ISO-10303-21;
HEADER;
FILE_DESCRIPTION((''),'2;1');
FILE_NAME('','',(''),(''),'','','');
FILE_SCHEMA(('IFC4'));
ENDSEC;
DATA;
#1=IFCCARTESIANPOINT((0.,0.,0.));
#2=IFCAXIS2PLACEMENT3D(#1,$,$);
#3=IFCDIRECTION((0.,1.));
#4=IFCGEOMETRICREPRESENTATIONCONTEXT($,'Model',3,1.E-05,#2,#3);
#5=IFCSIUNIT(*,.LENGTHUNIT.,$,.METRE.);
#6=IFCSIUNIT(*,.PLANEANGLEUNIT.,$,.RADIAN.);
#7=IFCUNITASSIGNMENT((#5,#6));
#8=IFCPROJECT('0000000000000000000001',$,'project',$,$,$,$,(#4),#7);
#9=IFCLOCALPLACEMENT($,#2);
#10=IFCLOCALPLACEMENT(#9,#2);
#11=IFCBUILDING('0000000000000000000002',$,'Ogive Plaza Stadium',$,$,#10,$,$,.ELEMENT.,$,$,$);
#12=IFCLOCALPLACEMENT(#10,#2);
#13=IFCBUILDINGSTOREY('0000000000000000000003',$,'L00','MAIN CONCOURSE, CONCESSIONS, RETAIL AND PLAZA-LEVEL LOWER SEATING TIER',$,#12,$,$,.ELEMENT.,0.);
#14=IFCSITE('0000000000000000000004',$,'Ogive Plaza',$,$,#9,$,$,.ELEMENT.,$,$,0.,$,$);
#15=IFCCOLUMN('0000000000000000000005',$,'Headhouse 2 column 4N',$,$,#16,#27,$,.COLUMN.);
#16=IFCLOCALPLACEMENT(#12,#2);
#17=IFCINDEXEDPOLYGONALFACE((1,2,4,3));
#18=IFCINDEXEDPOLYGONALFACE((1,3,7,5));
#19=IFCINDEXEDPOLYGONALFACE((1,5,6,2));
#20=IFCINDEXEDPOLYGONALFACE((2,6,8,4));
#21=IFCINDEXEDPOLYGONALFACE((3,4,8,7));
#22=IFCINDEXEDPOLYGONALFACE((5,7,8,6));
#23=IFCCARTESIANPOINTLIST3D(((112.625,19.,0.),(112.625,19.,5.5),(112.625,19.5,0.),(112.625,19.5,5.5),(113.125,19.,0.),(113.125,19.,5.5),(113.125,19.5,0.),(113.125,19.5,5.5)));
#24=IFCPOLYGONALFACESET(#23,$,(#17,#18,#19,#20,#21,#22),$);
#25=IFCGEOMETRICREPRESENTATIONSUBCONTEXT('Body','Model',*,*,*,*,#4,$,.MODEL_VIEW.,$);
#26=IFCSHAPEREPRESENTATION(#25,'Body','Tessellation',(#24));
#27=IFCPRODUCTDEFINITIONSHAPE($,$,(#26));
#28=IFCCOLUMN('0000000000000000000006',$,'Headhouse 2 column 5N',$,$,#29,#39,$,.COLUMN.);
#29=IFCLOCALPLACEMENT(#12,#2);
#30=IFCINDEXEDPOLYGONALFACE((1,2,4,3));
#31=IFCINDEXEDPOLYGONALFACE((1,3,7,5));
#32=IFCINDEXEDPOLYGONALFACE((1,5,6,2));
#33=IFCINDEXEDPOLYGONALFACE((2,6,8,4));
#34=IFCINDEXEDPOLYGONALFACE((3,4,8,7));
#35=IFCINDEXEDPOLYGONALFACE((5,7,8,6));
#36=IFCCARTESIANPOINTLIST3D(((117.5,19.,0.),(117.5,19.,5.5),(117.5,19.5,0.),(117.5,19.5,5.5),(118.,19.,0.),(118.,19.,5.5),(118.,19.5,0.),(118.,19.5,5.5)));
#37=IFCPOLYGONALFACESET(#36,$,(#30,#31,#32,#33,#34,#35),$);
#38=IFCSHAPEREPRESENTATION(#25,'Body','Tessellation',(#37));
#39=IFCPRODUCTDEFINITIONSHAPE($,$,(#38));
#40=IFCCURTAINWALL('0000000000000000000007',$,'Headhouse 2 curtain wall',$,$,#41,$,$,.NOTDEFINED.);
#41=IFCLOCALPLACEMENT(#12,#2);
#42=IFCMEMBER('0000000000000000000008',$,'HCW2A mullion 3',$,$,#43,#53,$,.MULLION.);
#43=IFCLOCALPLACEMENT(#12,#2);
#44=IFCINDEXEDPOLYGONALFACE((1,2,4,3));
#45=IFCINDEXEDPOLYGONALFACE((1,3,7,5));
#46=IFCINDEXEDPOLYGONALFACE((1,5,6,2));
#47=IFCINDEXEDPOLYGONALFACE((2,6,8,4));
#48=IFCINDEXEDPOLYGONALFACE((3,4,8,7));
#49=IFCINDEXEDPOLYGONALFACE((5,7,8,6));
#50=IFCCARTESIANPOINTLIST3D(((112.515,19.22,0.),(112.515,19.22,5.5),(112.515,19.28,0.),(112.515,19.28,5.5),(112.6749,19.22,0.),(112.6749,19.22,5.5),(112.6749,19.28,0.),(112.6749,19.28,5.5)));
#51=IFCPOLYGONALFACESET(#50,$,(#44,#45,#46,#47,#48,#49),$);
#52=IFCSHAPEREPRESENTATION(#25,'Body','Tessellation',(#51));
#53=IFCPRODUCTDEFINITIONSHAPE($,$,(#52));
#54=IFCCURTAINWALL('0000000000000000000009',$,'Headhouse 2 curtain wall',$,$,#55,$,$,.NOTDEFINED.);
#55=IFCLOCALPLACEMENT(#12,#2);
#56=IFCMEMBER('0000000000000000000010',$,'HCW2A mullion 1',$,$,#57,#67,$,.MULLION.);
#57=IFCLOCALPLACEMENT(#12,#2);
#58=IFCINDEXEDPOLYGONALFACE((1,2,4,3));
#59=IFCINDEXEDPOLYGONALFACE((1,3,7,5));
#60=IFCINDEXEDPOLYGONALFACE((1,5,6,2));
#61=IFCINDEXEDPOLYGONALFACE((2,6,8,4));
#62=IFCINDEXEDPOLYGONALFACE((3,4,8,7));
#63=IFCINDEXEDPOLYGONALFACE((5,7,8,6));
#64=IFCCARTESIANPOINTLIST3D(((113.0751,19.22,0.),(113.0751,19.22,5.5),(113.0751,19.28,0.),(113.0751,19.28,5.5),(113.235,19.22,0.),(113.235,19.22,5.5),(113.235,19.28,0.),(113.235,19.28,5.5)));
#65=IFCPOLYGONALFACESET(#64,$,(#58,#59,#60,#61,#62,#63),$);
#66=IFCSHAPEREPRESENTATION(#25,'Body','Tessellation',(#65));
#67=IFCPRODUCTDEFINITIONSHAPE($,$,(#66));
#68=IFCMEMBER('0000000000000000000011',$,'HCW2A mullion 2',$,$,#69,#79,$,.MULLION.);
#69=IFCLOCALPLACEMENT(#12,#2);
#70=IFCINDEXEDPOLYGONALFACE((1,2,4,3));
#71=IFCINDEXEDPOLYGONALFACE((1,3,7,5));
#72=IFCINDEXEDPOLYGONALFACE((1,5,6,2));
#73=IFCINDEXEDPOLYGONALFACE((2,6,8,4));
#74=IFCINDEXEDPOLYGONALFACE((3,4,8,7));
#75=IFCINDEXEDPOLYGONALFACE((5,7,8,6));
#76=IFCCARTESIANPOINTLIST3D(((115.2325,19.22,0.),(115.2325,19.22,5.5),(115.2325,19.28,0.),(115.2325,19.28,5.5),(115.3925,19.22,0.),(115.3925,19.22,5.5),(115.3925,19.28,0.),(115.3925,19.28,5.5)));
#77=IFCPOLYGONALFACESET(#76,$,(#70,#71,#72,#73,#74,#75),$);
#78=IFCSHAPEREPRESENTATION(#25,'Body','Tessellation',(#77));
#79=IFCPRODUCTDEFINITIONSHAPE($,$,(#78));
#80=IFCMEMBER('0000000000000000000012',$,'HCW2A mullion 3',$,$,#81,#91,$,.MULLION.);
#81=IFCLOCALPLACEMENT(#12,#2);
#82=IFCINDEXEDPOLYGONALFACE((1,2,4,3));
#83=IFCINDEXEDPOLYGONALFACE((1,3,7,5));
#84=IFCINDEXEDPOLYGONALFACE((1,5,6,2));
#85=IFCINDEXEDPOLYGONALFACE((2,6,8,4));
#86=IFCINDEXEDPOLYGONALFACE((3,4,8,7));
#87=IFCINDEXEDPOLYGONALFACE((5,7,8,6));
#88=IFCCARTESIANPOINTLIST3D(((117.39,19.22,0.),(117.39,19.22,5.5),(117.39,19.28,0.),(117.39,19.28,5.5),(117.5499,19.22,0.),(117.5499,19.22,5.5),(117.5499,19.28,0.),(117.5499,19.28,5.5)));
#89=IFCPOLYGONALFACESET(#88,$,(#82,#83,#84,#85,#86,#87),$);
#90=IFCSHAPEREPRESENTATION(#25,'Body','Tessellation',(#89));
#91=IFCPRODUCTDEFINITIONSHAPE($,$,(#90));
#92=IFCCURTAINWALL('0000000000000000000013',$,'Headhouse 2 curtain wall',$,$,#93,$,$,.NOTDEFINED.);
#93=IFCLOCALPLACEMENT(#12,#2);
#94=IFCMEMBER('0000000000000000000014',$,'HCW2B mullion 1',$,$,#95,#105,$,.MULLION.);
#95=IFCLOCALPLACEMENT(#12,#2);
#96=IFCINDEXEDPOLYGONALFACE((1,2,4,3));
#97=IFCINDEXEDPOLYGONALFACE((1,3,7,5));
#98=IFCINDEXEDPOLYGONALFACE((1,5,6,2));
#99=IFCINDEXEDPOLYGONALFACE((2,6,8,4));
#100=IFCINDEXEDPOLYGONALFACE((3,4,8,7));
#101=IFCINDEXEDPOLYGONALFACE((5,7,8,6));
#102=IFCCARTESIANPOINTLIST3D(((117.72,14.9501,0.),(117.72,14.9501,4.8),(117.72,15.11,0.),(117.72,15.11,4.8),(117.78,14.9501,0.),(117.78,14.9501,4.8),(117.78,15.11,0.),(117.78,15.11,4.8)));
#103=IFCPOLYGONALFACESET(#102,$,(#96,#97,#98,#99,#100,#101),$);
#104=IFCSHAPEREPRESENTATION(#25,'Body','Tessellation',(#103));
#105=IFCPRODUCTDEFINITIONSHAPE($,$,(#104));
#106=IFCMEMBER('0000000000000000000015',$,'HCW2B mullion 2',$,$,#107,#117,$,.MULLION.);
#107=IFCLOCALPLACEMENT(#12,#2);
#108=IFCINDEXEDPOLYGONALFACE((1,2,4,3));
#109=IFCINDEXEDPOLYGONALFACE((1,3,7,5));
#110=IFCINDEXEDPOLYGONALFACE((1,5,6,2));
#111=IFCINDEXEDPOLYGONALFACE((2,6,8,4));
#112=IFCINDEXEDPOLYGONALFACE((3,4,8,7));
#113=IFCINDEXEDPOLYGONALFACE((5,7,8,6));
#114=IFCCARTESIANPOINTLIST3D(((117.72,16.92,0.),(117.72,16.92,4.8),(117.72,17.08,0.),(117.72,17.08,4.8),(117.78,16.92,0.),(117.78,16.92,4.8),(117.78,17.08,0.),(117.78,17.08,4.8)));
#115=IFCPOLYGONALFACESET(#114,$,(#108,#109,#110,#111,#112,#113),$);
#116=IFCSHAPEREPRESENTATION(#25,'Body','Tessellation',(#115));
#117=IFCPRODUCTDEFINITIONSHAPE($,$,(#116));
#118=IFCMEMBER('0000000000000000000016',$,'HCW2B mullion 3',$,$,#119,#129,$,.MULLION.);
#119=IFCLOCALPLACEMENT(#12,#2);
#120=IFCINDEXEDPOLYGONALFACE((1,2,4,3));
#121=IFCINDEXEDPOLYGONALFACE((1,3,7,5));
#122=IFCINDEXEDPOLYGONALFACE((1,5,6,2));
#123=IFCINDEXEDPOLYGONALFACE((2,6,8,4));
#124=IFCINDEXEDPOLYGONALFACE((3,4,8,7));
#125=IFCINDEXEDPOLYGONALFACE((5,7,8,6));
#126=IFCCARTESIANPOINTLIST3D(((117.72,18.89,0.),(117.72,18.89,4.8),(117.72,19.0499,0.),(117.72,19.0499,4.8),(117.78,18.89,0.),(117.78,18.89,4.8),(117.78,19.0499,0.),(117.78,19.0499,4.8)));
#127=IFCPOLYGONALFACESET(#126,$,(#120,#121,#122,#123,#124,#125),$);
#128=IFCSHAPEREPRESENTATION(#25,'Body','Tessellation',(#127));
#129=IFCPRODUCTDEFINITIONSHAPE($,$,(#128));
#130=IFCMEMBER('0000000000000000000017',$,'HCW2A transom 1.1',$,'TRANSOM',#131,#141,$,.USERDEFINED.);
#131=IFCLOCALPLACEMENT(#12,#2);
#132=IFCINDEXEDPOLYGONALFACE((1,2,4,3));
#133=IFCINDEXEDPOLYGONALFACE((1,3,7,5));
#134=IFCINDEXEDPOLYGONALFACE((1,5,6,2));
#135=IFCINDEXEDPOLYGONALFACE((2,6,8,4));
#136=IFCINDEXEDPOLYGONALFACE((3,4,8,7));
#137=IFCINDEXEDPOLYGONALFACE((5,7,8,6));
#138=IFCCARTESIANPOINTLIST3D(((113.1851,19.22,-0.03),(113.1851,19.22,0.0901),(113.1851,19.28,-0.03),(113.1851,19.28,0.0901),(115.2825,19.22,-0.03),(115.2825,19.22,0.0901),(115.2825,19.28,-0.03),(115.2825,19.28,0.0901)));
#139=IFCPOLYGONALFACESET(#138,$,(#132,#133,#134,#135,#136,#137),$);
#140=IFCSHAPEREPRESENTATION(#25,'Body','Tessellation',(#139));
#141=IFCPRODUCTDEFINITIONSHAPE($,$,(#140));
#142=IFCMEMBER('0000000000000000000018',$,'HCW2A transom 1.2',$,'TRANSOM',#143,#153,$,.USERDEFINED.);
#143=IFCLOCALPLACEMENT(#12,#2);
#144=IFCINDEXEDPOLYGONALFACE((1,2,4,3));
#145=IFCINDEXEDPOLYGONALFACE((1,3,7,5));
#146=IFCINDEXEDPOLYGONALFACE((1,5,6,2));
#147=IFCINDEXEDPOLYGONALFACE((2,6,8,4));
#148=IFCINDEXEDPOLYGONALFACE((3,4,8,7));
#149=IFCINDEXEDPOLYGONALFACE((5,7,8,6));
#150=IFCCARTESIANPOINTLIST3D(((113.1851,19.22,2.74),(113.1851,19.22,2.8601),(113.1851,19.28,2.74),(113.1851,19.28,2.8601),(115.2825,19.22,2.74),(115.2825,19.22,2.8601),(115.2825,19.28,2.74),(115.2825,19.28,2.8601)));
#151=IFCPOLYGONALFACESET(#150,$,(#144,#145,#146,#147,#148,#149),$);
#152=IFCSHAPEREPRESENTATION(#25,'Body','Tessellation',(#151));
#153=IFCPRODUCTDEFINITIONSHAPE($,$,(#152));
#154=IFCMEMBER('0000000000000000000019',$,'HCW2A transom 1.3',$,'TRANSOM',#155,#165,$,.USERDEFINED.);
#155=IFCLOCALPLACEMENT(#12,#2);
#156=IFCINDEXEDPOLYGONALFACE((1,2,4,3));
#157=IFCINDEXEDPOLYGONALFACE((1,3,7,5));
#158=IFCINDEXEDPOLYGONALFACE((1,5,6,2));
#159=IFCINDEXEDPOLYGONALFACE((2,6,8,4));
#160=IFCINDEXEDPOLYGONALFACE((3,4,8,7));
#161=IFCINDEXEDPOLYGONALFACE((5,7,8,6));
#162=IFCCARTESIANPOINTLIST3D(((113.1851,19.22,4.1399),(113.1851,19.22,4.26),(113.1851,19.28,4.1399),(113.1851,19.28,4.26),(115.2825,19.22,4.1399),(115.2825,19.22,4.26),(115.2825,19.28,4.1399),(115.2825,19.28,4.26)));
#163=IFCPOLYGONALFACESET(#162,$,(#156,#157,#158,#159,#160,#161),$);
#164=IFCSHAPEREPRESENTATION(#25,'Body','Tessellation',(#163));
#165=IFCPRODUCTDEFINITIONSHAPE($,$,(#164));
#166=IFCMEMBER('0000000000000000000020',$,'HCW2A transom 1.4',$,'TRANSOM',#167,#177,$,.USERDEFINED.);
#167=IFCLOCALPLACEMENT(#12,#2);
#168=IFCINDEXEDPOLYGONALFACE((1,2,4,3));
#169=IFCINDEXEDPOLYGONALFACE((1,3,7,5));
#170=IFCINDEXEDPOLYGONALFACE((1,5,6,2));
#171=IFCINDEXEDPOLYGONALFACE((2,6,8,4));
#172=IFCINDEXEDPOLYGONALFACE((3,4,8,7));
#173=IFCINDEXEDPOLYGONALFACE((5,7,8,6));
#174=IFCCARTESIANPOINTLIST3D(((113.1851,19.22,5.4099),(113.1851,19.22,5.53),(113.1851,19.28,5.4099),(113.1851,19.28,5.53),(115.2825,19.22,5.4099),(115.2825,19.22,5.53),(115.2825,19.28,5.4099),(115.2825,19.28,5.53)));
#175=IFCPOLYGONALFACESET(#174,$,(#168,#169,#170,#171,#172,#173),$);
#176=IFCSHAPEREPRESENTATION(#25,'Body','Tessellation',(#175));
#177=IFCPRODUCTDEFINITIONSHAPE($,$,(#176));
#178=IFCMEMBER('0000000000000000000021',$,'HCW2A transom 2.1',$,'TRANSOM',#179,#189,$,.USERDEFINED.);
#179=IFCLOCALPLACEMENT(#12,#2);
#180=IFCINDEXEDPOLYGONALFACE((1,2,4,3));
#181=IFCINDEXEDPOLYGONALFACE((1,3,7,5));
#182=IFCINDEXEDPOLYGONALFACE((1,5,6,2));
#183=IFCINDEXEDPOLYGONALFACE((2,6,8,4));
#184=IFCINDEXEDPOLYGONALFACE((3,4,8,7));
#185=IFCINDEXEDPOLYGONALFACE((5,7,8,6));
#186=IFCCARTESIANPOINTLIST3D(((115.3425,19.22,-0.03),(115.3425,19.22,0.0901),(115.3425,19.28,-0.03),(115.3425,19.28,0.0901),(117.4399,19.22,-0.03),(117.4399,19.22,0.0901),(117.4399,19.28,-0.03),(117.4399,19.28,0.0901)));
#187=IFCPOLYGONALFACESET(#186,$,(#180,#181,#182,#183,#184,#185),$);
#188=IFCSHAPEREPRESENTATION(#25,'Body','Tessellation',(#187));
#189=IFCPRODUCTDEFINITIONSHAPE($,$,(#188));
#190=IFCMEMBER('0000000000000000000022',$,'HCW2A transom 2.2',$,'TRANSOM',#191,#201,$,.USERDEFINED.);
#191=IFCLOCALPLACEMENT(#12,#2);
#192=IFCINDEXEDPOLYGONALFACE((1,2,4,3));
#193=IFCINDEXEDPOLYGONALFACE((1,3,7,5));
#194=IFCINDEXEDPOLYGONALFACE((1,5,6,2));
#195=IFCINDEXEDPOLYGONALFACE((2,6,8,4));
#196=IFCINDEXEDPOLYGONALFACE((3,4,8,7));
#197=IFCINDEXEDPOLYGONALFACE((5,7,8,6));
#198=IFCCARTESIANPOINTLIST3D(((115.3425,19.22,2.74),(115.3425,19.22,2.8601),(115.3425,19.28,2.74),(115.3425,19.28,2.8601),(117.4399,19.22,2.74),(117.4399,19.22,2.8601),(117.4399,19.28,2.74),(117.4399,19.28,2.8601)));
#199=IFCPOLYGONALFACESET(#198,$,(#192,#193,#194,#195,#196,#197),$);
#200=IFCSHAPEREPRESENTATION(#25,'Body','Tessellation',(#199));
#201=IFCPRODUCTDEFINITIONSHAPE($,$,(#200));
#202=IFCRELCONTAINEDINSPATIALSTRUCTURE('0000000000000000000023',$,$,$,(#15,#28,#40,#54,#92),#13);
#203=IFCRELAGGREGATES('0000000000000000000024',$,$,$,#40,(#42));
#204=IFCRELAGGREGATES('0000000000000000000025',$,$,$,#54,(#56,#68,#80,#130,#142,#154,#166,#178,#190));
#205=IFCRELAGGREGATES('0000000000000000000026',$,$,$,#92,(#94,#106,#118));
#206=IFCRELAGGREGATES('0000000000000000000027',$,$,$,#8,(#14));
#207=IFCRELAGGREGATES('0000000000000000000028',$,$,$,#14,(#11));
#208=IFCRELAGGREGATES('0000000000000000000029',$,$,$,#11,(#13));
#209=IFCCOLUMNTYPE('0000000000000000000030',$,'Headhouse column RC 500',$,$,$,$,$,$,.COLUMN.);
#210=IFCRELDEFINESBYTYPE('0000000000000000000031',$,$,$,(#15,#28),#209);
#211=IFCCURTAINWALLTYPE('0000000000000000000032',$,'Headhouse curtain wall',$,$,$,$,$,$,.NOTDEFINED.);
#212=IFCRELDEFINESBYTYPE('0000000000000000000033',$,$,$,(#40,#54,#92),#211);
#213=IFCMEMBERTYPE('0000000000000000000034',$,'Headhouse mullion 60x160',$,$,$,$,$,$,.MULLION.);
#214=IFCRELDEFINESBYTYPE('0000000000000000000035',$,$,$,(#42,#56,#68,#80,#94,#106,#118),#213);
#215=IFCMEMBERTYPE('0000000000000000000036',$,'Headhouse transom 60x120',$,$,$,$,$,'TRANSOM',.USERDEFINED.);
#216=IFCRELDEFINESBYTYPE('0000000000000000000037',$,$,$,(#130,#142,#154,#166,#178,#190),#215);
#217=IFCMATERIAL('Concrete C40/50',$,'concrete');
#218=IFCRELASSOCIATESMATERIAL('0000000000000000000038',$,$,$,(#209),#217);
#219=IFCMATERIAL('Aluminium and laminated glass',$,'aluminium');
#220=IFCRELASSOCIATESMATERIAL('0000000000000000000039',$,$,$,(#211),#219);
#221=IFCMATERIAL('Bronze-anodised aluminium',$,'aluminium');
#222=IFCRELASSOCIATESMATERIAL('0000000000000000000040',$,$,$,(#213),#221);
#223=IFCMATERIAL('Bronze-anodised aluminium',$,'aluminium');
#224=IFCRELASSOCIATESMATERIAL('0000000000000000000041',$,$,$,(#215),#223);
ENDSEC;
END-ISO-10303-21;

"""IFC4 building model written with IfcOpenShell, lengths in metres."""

from ifc_helpers import new_model, si_unit, direction, frame, origin, origin_2d, place, context, subcontext, project, spatial, rectangle, extrude, material, material_profile, profile_set, type_object, element, aggregate, save


model = new_model("IFC4")

# Units and contexts
model_context = context("Model", 3, precision=1e-05, world=origin(), true_north=direction((0.0, 1.0)))
body_context = subcontext(model_context, "Body", "Model", "MODEL_VIEW")
ifc_project = project(units=[si_unit("LENGTHUNIT", "METRE"), si_unit("PLANEANGLEUNIT", "RADIAN")], contexts=[model_context])

# Site, building, storey
site_placement = place(None, origin())
site = spatial("IfcSite", under=ifc_project, at=site_placement, Name="Ogive Plaza", CompositionType="ELEMENT", RefElevation=0.0)
building_placement = place(site_placement, origin())
building = spatial("IfcBuilding", under=site, at=building_placement, Name="Ogive Plaza Stadium", CompositionType="ELEMENT")
storey_placement = place(building_placement, origin())
storey = spatial("IfcBuildingStorey", under=building, at=storey_placement, Name="L00", Description="MAIN CONCOURSE, CONCESSIONS, RETAIL AND PLAZA-LEVEL LOWER SEATING TIER", CompositionType="ELEMENT", Elevation=0.0)

# Columns
ifc_material_1 = material(Name="Concrete C40/50", Category="concrete")
ifc_material_profile_1 = material_profile(ifc_material_1, rectangle(XDim=0.5, YDim=0.5, at=origin_2d()), Name="Headhouse column RC 500")
ifc_profile_set_1 = profile_set([ifc_material_profile_1], Name="Concrete C40/50")
column_type = type_object("IfcColumnType", Name="Headhouse column RC 500", PredefinedType="COLUMN", material=ifc_profile_set_1)
for number, where, z_axis, x_axis, name in (
    (1, (112.875, 19.25, 0.0), (0.0, 0.0, 1.0), (1.0, 0.0, 0.0), "Headhouse 2 column 4N"),
    (2, (117.75, 19.25, 0.0), (0.0, 0.0, 1.0), (1.0, 0.0, 0.0), "Headhouse 2 column 5N"),
):
    element("IfcColumn", number, at=place(storey_placement, frame(where, z_axis=z_axis, x_axis=x_axis)), inside=storey, type_object=column_type, Name=name, PredefinedType="COLUMN", context=body_context, shape_type="SweptSolid", body=[
        extrude(rectangle(XDim=0.5, YDim=0.5, at=origin_2d()), origin(), (0.0, 0.0, 1.0), 5.5),
    ])

# Curtain wall, member
ifc_material_2 = material(Name="Aluminium and laminated glass", Category="aluminium")
curtain_wall_type = type_object("IfcCurtainWallType", Name="Headhouse curtain wall", PredefinedType="NOTDEFINED", material=ifc_material_2)
curtain_wall_1_placement = place(storey_placement, origin())
curtain_wall_1 = element("IfcCurtainWall", 3, at=curtain_wall_1_placement, inside=storey, type_object=curtain_wall_type, Name="Headhouse 2 curtain wall", PredefinedType="NOTDEFINED")
ifc_material_3 = material(Name="Bronze-anodised aluminium", Category="aluminium")
ifc_material_profile_2 = material_profile(ifc_material_3, rectangle(XDim=0.0601, YDim=0.1599, at=origin_2d()), Name="Headhouse mullion 60x160")
ifc_profile_set_2 = profile_set([ifc_material_profile_2], Name="Bronze-anodised aluminium")
member_type_1 = type_object("IfcMemberType", Name="Headhouse mullion 60x160", PredefinedType="MULLION", material=ifc_profile_set_2)
member_1_placement = place(storey_placement, frame((112.595, 19.25, 0.0), z_axis=(0.0, 0.0, 1.0), x_axis=(0.0, 1.0, 0.0)))
member_1 = element("IfcMember", 4, at=member_1_placement, type_object=member_type_1, Name="HCW2A mullion 3", PredefinedType="MULLION", context=body_context, shape_type="SweptSolid", body=[
    extrude(rectangle(XDim=0.0601, YDim=0.1599, at=origin_2d()), origin(), (0.0, 0.0, 1.0), 5.5),
])

# Curtain walls, members
curtain_wall_2_placement = place(storey_placement, origin())
curtain_wall_2 = element("IfcCurtainWall", 5, at=curtain_wall_2_placement, inside=storey, type_object=curtain_wall_type, Name="Headhouse 2 curtain wall", PredefinedType="NOTDEFINED")
member_2_placement = place(storey_placement, frame((113.155, 19.25, 0.0), z_axis=(0.0, 0.0, 1.0), x_axis=(0.0, 1.0, 0.0)))
member_2 = element("IfcMember", 6, at=member_2_placement, type_object=member_type_1, Name="HCW2A mullion 1", PredefinedType="MULLION", context=body_context, shape_type="SweptSolid", body=[
    extrude(rectangle(XDim=0.0601, YDim=0.1599, at=origin_2d()), origin(), (0.0, 0.0, 1.0), 5.5),
])
member_3_placement = place(storey_placement, frame((115.3125, 19.25, 0.0), z_axis=(0.0, 0.0, 1.0), x_axis=(0.0, 1.0, 0.0)))
member_3 = element("IfcMember", 7, at=member_3_placement, type_object=member_type_1, Name="HCW2A mullion 2", PredefinedType="MULLION", context=body_context, shape_type="SweptSolid", body=[
    extrude(rectangle(XDim=0.0601, YDim=0.1599, at=origin_2d()), origin(), (0.0, 0.0, 1.0), 5.5),
])
member_4_placement = place(storey_placement, frame((117.47, 19.25, 0.0), z_axis=(0.0, 0.0, 1.0), x_axis=(0.0, 1.0, 0.0)))
member_4 = element("IfcMember", 8, at=member_4_placement, type_object=member_type_1, Name="HCW2A mullion 3", PredefinedType="MULLION", context=body_context, shape_type="SweptSolid", body=[
    extrude(rectangle(XDim=0.0601, YDim=0.1599, at=origin_2d()), origin(), (0.0, 0.0, 1.0), 5.5),
])
curtain_wall_3_placement = place(storey_placement, origin())
curtain_wall_3 = element("IfcCurtainWall", 9, at=curtain_wall_3_placement, inside=storey, type_object=curtain_wall_type, Name="Headhouse 2 curtain wall", PredefinedType="NOTDEFINED")
member_5_placement = place(storey_placement, frame((117.75, 15.03, 0.0), z_axis=(0.0, 0.0, 1.0), x_axis=(-1.0, 0.0, 0.0)))
member_5 = element("IfcMember", 10, at=member_5_placement, type_object=member_type_1, Name="HCW2B mullion 1", PredefinedType="MULLION", context=body_context, shape_type="SweptSolid", body=[
    extrude(rectangle(XDim=0.0601, YDim=0.1599, at=origin_2d()), origin(), (0.0, 0.0, 1.0), 4.8),
])
member_6_placement = place(storey_placement, frame((117.75, 17.0, 0.0), z_axis=(0.0, 0.0, 1.0), x_axis=(-1.0, 0.0, 0.0)))
member_6 = element("IfcMember", 11, at=member_6_placement, type_object=member_type_1, Name="HCW2B mullion 2", PredefinedType="MULLION", context=body_context, shape_type="SweptSolid", body=[
    extrude(rectangle(XDim=0.0601, YDim=0.1599, at=origin_2d()), origin(), (0.0, 0.0, 1.0), 4.8),
])
member_7_placement = place(storey_placement, frame((117.75, 18.97, 0.0), z_axis=(0.0, 0.0, 1.0), x_axis=(-1.0, 0.0, 0.0)))
member_7 = element("IfcMember", 12, at=member_7_placement, type_object=member_type_1, Name="HCW2B mullion 3", PredefinedType="MULLION", context=body_context, shape_type="SweptSolid", body=[
    extrude(rectangle(XDim=0.0601, YDim=0.1599, at=origin_2d()), origin(), (0.0, 0.0, 1.0), 4.8),
])

# Members
ifc_material_4 = material(Name="Bronze-anodised aluminium", Category="aluminium")
ifc_material_profile_3 = material_profile(ifc_material_4, rectangle(XDim=0.0601, YDim=0.1201, at=origin_2d()), Name="Headhouse transom 60x120")
ifc_profile_set_3 = profile_set([ifc_material_profile_3], Name="Bronze-anodised aluminium")
member_type_2 = type_object("IfcMemberType", Name="Headhouse transom 60x120", ElementType="TRANSOM", PredefinedType="USERDEFINED", material=ifc_profile_set_3)
member_8_placement = place(storey_placement, frame((113.1851, 19.25, 0.03), z_axis=(1.0, 0.0, 0.0), x_axis=(0.0, 1.0, 0.0)))
member_8 = element("IfcMember", 13, at=member_8_placement, type_object=member_type_2, Name="HCW2A transom 1.1", ObjectType="TRANSOM", PredefinedType="USERDEFINED", context=body_context, shape_type="SweptSolid", body=[
    extrude(rectangle(XDim=0.0601, YDim=0.1201, at=origin_2d()), origin(), (0.0, 0.0, 1.0), 2.0974),
])
member_9_placement = place(storey_placement, frame((113.1851, 19.25, 2.8), z_axis=(1.0, 0.0, 0.0), x_axis=(0.0, 1.0, 0.0)))
member_9 = element("IfcMember", 14, at=member_9_placement, type_object=member_type_2, Name="HCW2A transom 1.2", ObjectType="TRANSOM", PredefinedType="USERDEFINED", context=body_context, shape_type="SweptSolid", body=[
    extrude(rectangle(XDim=0.0601, YDim=0.1201, at=origin_2d()), origin(), (0.0, 0.0, 1.0), 2.0974),
])
member_10_placement = place(storey_placement, frame((113.1851, 19.25, 4.2), z_axis=(1.0, 0.0, 0.0), x_axis=(0.0, 1.0, 0.0)))
member_10 = element("IfcMember", 15, at=member_10_placement, type_object=member_type_2, Name="HCW2A transom 1.3", ObjectType="TRANSOM", PredefinedType="USERDEFINED", context=body_context, shape_type="SweptSolid", body=[
    extrude(rectangle(XDim=0.0601, YDim=0.1201, at=origin_2d()), origin(), (0.0, 0.0, 1.0), 2.0974),
])
member_11_placement = place(storey_placement, frame((113.1851, 19.25, 5.47), z_axis=(1.0, 0.0, 0.0), x_axis=(0.0, 1.0, 0.0)))
member_11 = element("IfcMember", 16, at=member_11_placement, type_object=member_type_2, Name="HCW2A transom 1.4", ObjectType="TRANSOM", PredefinedType="USERDEFINED", context=body_context, shape_type="SweptSolid", body=[
    extrude(rectangle(XDim=0.0601, YDim=0.1201, at=origin_2d()), origin(), (0.0, 0.0, 1.0), 2.0974),
])
member_12_placement = place(storey_placement, frame((115.3425, 19.25, 0.03), z_axis=(1.0, 0.0, 0.0), x_axis=(0.0, 1.0, 0.0)))
member_12 = element("IfcMember", 17, at=member_12_placement, type_object=member_type_2, Name="HCW2A transom 2.1", ObjectType="TRANSOM", PredefinedType="USERDEFINED", context=body_context, shape_type="SweptSolid", body=[
    extrude(rectangle(XDim=0.0601, YDim=0.1201, at=origin_2d()), origin(), (0.0, 0.0, 1.0), 2.0974),
])
member_13_placement = place(storey_placement, frame((115.3425, 19.25, 2.8), z_axis=(1.0, 0.0, 0.0), x_axis=(0.0, 1.0, 0.0)))
member_13 = element("IfcMember", 18, at=member_13_placement, type_object=member_type_2, Name="HCW2A transom 2.2", ObjectType="TRANSOM", PredefinedType="USERDEFINED", context=body_context, shape_type="SweptSolid", body=[
    extrude(rectangle(XDim=0.0601, YDim=0.1201, at=origin_2d()), origin(), (0.0, 0.0, 1.0), 2.0974),
])

aggregate(curtain_wall_1, [member_1])
aggregate(curtain_wall_2, [member_2, member_3, member_4, member_8, member_9, member_10, member_11, member_12, member_13])
aggregate(curtain_wall_3, [member_5, member_6, member_7])

save(model, "model.ifc")
